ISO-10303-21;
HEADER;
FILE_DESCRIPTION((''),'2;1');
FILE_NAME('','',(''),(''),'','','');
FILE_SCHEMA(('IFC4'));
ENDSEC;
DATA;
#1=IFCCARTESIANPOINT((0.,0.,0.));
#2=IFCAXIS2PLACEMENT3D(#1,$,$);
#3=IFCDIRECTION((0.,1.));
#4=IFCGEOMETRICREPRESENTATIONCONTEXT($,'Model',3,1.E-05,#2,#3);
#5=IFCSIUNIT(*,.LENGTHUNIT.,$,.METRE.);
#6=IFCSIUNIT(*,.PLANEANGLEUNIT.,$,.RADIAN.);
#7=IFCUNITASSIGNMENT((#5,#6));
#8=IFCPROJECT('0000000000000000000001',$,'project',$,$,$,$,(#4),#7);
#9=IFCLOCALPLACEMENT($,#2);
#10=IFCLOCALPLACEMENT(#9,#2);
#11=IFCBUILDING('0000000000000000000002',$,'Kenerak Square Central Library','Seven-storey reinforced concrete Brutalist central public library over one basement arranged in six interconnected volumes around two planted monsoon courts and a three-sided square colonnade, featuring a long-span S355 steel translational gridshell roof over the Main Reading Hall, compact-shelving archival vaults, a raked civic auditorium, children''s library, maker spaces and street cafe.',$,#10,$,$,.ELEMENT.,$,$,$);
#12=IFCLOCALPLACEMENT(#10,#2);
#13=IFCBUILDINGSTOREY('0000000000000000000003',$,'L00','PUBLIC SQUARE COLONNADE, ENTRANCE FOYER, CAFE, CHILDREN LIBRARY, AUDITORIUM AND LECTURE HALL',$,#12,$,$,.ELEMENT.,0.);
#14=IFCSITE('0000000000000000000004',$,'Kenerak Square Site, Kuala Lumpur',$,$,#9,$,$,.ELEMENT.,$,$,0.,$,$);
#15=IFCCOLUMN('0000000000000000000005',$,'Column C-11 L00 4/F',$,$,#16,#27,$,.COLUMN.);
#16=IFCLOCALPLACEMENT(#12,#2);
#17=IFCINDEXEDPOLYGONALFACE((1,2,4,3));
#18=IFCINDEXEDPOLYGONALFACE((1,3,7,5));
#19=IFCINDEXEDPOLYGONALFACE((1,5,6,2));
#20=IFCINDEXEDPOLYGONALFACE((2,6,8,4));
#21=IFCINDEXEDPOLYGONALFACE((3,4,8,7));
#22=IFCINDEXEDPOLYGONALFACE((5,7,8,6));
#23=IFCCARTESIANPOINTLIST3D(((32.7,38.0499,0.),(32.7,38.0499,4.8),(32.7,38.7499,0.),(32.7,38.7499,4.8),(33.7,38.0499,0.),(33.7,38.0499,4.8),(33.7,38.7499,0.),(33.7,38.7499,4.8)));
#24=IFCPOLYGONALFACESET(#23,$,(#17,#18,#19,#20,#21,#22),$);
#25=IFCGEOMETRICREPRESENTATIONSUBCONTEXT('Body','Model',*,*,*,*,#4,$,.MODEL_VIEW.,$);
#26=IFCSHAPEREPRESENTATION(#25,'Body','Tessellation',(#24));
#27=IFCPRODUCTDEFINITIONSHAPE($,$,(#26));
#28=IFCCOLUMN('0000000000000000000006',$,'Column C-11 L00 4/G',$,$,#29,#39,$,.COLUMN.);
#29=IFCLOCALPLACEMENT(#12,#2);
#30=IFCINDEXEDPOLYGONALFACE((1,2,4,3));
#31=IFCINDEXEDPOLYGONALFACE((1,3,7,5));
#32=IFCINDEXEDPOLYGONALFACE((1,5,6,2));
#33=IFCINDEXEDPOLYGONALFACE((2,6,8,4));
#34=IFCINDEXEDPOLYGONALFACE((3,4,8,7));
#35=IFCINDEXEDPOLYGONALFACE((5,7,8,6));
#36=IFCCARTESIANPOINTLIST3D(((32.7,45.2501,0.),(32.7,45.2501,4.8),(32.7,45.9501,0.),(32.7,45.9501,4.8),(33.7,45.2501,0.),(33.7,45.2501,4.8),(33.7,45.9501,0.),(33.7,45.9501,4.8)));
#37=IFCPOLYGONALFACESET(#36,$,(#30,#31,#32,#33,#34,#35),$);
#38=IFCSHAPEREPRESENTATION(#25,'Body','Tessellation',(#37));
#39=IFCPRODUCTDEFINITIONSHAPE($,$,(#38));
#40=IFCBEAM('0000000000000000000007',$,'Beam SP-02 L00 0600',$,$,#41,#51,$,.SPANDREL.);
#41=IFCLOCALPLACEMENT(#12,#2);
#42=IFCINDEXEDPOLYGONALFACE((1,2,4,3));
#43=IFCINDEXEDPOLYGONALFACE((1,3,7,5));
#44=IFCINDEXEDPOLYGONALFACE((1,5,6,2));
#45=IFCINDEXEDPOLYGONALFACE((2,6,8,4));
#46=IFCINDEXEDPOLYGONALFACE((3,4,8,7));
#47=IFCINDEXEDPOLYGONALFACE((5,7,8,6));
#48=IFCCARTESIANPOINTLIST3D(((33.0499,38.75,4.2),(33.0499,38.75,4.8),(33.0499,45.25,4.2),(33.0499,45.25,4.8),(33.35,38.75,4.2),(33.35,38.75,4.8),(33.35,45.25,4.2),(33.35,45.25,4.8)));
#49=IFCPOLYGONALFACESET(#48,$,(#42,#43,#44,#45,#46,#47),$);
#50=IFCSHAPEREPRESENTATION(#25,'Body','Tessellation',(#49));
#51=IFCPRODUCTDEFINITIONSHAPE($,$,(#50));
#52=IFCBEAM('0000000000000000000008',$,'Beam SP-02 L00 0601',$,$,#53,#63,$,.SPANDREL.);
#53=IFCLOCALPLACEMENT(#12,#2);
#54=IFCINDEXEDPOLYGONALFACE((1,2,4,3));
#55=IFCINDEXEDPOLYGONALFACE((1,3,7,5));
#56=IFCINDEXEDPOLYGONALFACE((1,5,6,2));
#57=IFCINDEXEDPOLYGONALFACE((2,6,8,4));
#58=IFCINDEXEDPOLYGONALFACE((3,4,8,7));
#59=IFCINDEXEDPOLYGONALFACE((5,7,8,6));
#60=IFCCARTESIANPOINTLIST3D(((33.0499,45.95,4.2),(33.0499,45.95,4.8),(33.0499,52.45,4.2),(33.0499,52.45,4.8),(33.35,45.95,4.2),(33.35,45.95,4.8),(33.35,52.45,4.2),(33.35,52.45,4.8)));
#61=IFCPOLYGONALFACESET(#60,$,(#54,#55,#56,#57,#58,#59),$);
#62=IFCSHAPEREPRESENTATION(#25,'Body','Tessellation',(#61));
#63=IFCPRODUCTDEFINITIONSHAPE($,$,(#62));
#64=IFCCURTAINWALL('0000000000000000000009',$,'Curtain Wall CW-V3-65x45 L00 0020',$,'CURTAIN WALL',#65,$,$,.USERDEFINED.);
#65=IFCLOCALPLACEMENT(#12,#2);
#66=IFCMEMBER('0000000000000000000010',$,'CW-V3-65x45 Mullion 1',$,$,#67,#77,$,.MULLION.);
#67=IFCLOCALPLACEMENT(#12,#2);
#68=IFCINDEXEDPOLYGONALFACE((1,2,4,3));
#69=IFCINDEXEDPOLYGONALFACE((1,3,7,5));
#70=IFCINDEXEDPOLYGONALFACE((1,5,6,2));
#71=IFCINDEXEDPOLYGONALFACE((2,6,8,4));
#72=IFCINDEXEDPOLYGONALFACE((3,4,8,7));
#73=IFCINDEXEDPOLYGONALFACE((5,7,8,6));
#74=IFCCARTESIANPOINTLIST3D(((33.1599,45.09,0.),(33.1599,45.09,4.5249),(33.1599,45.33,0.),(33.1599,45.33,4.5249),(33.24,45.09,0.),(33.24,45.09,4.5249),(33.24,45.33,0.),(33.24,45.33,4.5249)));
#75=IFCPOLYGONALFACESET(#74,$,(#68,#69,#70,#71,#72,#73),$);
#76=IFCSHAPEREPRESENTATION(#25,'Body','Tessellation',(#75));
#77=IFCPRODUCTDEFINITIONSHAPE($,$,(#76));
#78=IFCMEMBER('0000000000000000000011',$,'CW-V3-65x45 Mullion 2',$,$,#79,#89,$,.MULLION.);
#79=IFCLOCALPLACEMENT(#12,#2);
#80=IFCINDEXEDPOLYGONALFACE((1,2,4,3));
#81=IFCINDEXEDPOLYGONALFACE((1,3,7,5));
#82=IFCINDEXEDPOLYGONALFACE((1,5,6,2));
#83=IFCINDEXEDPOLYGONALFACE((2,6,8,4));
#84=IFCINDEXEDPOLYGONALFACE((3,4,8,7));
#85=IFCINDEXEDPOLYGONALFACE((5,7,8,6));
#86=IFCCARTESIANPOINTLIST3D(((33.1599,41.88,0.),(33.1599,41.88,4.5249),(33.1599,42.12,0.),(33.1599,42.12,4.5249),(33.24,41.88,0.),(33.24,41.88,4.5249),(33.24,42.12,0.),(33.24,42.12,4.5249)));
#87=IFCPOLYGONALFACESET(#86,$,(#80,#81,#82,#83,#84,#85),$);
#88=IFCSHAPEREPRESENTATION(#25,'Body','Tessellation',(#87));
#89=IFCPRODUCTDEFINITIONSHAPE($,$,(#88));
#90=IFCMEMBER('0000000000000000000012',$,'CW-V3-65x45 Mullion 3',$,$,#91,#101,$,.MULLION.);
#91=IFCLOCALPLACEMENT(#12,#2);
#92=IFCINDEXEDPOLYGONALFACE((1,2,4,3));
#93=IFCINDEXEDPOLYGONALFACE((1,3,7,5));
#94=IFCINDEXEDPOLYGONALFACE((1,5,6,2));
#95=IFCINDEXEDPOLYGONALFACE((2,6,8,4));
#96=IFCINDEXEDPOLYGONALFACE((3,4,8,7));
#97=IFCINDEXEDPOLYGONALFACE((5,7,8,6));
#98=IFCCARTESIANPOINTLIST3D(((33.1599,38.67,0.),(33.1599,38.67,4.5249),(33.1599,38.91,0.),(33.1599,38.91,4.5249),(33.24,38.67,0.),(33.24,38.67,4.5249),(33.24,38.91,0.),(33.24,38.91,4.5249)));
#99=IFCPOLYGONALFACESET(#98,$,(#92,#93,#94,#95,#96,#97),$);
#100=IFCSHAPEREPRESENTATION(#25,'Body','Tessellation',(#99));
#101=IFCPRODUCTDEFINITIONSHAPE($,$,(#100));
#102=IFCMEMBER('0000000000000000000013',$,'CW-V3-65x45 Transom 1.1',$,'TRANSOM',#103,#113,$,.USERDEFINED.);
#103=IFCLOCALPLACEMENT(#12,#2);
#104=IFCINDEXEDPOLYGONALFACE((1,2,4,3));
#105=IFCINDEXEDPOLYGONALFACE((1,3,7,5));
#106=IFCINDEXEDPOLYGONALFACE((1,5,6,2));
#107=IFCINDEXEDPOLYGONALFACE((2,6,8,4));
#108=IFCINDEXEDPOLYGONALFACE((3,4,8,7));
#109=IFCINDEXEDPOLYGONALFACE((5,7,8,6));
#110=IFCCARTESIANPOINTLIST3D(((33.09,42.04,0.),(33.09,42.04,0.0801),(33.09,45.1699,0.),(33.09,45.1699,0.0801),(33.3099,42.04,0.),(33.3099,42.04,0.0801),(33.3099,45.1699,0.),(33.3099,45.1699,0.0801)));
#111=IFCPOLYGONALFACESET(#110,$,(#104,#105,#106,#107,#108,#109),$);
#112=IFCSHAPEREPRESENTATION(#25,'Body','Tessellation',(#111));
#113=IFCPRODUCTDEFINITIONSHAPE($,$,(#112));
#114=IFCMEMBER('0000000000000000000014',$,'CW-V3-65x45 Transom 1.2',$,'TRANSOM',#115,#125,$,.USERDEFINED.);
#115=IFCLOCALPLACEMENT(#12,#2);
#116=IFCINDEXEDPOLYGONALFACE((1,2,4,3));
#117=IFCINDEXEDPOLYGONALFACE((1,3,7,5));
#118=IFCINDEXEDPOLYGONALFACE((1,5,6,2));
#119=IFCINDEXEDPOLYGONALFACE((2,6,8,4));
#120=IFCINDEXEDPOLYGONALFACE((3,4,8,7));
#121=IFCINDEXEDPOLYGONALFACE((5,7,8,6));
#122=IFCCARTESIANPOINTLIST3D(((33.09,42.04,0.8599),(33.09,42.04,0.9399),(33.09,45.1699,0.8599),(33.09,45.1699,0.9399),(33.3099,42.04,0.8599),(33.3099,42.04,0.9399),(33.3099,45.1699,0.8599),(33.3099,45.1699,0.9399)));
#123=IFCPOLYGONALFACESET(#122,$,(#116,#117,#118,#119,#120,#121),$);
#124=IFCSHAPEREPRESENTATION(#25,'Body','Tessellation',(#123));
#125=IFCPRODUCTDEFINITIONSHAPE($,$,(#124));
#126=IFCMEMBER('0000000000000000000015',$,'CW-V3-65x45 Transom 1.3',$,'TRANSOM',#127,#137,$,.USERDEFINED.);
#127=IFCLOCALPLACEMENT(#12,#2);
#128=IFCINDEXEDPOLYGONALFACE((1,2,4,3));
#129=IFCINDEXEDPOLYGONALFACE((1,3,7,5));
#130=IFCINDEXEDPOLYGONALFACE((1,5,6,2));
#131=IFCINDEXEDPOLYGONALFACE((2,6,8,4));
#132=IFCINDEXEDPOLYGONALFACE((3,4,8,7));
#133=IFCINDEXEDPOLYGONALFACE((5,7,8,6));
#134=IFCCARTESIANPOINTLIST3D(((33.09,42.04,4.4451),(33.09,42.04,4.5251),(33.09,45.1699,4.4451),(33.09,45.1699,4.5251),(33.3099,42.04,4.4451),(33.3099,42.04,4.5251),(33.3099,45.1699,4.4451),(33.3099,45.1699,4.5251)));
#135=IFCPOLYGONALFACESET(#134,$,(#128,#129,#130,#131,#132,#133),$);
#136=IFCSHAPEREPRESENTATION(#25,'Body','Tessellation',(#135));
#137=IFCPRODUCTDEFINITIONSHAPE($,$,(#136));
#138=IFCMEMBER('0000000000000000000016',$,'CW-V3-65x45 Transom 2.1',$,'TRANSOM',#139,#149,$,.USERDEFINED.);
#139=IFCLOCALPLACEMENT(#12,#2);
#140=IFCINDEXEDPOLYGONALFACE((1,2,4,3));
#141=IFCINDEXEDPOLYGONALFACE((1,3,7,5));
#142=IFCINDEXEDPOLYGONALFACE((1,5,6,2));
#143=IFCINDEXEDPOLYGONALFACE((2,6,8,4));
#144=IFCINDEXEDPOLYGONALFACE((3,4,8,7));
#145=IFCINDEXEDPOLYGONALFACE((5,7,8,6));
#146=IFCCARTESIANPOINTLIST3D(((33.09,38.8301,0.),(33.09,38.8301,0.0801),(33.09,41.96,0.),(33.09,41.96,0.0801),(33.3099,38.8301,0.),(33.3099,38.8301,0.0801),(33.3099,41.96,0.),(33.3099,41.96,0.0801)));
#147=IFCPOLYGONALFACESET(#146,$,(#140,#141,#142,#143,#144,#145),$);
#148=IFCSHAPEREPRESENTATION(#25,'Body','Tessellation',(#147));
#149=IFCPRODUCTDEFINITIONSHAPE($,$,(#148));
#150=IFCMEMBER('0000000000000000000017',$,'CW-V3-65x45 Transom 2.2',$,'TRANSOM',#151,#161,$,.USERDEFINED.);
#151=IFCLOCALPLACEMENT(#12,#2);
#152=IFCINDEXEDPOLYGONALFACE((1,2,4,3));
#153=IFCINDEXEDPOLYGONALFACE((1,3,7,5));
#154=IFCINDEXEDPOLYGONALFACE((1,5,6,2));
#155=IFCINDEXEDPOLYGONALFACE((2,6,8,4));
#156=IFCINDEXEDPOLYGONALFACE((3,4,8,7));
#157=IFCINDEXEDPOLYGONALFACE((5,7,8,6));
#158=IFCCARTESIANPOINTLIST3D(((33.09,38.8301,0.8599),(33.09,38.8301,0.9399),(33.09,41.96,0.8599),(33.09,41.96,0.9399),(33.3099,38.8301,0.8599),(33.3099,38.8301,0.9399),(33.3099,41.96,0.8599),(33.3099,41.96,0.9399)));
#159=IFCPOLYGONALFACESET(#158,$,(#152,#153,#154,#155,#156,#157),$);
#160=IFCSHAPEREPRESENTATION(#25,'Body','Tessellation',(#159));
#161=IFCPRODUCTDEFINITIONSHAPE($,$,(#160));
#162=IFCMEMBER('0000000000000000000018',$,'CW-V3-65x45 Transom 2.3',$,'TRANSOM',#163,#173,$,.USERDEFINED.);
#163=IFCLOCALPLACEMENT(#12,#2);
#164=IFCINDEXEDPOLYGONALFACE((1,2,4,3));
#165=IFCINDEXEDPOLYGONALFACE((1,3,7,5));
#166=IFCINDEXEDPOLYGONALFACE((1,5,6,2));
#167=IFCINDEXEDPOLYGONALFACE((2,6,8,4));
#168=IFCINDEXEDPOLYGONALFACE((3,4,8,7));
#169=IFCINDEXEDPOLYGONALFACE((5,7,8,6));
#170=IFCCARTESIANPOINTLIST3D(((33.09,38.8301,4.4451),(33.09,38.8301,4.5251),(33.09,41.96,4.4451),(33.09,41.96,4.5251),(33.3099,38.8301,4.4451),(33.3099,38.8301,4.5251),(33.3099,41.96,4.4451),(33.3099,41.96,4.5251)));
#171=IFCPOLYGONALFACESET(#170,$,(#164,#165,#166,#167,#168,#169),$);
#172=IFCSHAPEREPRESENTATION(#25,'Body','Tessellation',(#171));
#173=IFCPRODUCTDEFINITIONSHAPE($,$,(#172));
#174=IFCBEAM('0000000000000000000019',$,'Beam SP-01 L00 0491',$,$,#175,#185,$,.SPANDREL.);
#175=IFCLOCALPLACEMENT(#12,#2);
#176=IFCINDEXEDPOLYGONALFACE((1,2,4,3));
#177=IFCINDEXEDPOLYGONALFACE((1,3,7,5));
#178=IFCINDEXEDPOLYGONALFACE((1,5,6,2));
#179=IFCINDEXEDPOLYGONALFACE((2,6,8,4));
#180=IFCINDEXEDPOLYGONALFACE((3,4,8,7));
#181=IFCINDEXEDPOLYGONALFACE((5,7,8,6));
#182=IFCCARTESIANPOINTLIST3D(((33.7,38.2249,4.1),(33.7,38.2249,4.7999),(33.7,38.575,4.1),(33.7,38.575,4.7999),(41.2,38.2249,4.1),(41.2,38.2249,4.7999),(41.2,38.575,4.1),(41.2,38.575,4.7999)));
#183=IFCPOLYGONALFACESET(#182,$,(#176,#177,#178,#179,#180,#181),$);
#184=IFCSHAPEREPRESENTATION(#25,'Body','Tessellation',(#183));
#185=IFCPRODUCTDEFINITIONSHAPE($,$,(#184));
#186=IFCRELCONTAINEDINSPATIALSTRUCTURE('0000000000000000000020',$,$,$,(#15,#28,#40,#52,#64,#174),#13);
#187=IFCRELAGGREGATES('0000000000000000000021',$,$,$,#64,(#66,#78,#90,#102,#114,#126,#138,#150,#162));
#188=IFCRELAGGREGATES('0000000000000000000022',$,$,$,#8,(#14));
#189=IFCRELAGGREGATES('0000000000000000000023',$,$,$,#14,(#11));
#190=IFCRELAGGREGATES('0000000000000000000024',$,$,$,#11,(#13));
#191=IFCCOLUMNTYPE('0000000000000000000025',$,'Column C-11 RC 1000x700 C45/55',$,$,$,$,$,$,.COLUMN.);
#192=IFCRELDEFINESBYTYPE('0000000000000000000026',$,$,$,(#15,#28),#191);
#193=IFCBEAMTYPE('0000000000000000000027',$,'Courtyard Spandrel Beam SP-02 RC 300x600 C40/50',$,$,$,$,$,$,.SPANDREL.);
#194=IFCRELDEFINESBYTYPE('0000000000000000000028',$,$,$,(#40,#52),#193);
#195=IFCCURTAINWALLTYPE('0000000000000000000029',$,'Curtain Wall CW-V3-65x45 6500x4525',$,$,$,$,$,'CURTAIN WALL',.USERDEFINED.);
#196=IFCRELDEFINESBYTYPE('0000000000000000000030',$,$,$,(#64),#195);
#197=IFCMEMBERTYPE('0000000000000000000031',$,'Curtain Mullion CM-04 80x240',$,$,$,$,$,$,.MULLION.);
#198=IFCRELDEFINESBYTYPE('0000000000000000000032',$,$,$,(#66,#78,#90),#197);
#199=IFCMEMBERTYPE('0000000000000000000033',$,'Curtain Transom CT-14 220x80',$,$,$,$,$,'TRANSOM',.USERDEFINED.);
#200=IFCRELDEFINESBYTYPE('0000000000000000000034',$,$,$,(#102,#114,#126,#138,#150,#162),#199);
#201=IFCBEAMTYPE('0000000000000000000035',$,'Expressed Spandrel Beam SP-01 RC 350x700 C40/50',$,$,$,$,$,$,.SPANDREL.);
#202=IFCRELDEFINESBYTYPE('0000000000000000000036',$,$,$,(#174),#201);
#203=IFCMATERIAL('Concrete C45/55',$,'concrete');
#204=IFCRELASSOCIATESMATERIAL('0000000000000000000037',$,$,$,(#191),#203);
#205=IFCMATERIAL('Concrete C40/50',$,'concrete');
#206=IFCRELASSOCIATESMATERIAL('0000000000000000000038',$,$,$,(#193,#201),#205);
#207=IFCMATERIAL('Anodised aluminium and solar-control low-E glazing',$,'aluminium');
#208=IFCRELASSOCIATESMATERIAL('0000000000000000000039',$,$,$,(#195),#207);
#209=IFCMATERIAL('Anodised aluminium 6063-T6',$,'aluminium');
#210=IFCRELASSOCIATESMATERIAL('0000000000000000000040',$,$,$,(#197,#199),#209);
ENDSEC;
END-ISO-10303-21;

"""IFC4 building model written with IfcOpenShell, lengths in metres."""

from ifc_helpers import new_model, si_unit, direction, frame, origin, origin_2d, place, context, subcontext, project, spatial, rectangle, extrude, material, material_profile, profile_set, type_object, element, aggregate, save


model = new_model("IFC4")

# Units and contexts
model_context = context("Model", 3, precision=1e-05, world=origin(), true_north=direction((0.0, 1.0)))
body_context = subcontext(model_context, "Body", "Model", "MODEL_VIEW")
ifc_project = project(units=[si_unit("LENGTHUNIT", "METRE"), si_unit("PLANEANGLEUNIT", "RADIAN")], contexts=[model_context])

# Site, building, storey
site_placement = place(None, origin())
site = spatial("IfcSite", under=ifc_project, at=site_placement, Name="Kenerak Square Site, Kuala Lumpur", CompositionType="ELEMENT", RefElevation=0.0)
building_placement = place(site_placement, origin())
building = spatial("IfcBuilding", under=site, at=building_placement, Name="Kenerak Square Central Library", Description="Seven-storey reinforced concrete Brutalist central public library over one basement arranged in six interconnected volumes around two planted monsoon courts and a three-sided square colonnade, featuring a long-span S355 steel translational gridshell roof over the Main Reading Hall, compact-shelving archival vaults, a raked civic auditorium, children's library, maker spaces and street cafe.", CompositionType="ELEMENT")
storey_placement = place(building_placement, origin())
storey = spatial("IfcBuildingStorey", under=building, at=storey_placement, Name="L00", Description="PUBLIC SQUARE COLONNADE, ENTRANCE FOYER, CAFE, CHILDREN LIBRARY, AUDITORIUM AND LECTURE HALL", CompositionType="ELEMENT", Elevation=0.0)

# Columns
ifc_material_1 = material(Name="Concrete C45/55", Category="concrete")
ifc_material_profile_1 = material_profile(ifc_material_1, rectangle(XDim=1.0, YDim=0.7, at=origin_2d()), Name="RC 1000x700")
ifc_profile_set_1 = profile_set([ifc_material_profile_1], Name="Concrete C45/55")
column_type = type_object("IfcColumnType", Name="Column C-11 RC 1000x700 C45/55", PredefinedType="COLUMN", material=ifc_profile_set_1)
for number, where, z_axis, x_axis, name in (
    (1, (33.2, 38.3999, 0.0), (0.0, 0.0, 1.0), (1.0, 0.0, 0.0), "Column C-11 L00 4/F"),
    (2, (33.2, 45.6001, 0.0), (0.0, 0.0, 1.0), (1.0, 0.0, 0.0), "Column C-11 L00 4/G"),
):
    element("IfcColumn", number, at=place(storey_placement, frame(where, z_axis=z_axis, x_axis=x_axis)), inside=storey, type_object=column_type, Name=name, PredefinedType="COLUMN", context=body_context, shape_type="SweptSolid", body=[
        extrude(rectangle(XDim=1.0, YDim=0.7, at=origin_2d()), origin(), (0.0, 0.0, 1.0), 4.8),
    ])

# Beams
ifc_material_2 = material(Name="Concrete C40/50", Category="concrete")
ifc_material_profile_2 = material_profile(ifc_material_2, rectangle(XDim=0.3, YDim=0.6001, at=origin_2d()), Name="RC 300x600")
ifc_profile_set_2 = profile_set([ifc_material_profile_2], Name="Concrete C40/50")
beam_type_1 = type_object("IfcBeamType", Name="Courtyard Spandrel Beam SP-02 RC 300x600 C40/50", PredefinedType="SPANDREL", material=ifc_profile_set_2)
for number, where, z_axis, x_axis, name in (
    (3, (33.2, 38.75, 4.5), (0.0, 1.0, 0.0), (-1.0, 0.0, 0.0), "Beam SP-02 L00 0600"),
    (4, (33.2, 45.95, 4.5), (0.0, 1.0, 0.0), (-1.0, 0.0, 0.0), "Beam SP-02 L00 0601"),
):
    element("IfcBeam", number, at=place(storey_placement, frame(where, z_axis=z_axis, x_axis=x_axis)), inside=storey, type_object=beam_type_1, Name=name, PredefinedType="SPANDREL", context=body_context, shape_type="SweptSolid", body=[
        extrude(rectangle(XDim=0.3, YDim=0.6001, at=origin_2d()), origin(), (0.0, 0.0, 1.0), 6.5),
    ])

# Curtain wall, members
ifc_material_3 = material(Name="Anodised aluminium and solar-control low-E glazing", Category="aluminium")
curtain_wall_type = type_object("IfcCurtainWallType", Name="Curtain Wall CW-V3-65x45 6500x4525", ElementType="CURTAIN WALL", PredefinedType="USERDEFINED", material=ifc_material_3)
curtain_wall_placement = place(storey_placement, origin())
curtain_wall = element("IfcCurtainWall", 5, at=curtain_wall_placement, inside=storey, type_object=curtain_wall_type, Name="Curtain Wall CW-V3-65x45 L00 0020", ObjectType="CURTAIN WALL", PredefinedType="USERDEFINED")
ifc_material_4 = material(Name="Anodised aluminium 6063-T6", Category="aluminium")
ifc_material_profile_3 = material_profile(ifc_material_4, rectangle(XDim=0.0801, YDim=0.24, at=origin_2d()), Name="AL MULLION 80x240")
ifc_profile_set_3 = profile_set([ifc_material_profile_3], Name="Anodised aluminium 6063-T6")
member_type_1 = type_object("IfcMemberType", Name="Curtain Mullion CM-04 80x240", PredefinedType="MULLION", material=ifc_profile_set_3)
member_1_placement = place(storey_placement, frame((33.2, 45.21, 0.0), z_axis=(0.0, 0.0, 1.0), x_axis=(1.0, 0.0, 0.0)))
member_1 = element("IfcMember", 6, at=member_1_placement, type_object=member_type_1, Name="CW-V3-65x45 Mullion 1", PredefinedType="MULLION", context=body_context, shape_type="SweptSolid", body=[
    extrude(rectangle(XDim=0.0801, YDim=0.24, at=origin_2d()), origin(), (0.0, 0.0, 1.0), 4.5249),
])
member_2_placement = place(storey_placement, frame((33.2, 42.0, 0.0), z_axis=(0.0, 0.0, 1.0), x_axis=(1.0, 0.0, 0.0)))
member_2 = element("IfcMember", 7, at=member_2_placement, type_object=member_type_1, Name="CW-V3-65x45 Mullion 2", PredefinedType="MULLION", context=body_context, shape_type="SweptSolid", body=[
    extrude(rectangle(XDim=0.0801, YDim=0.24, at=origin_2d()), origin(), (0.0, 0.0, 1.0), 4.5249),
])
member_3_placement = place(storey_placement, frame((33.2, 38.79, 0.0), z_axis=(0.0, 0.0, 1.0), x_axis=(1.0, 0.0, 0.0)))
member_3 = element("IfcMember", 8, at=member_3_placement, type_object=member_type_1, Name="CW-V3-65x45 Mullion 3", PredefinedType="MULLION", context=body_context, shape_type="SweptSolid", body=[
    extrude(rectangle(XDim=0.0801, YDim=0.24, at=origin_2d()), origin(), (0.0, 0.0, 1.0), 4.5249),
])
ifc_material_profile_4 = material_profile(ifc_material_4, rectangle(XDim=0.22, YDim=0.0801, at=origin_2d()), Name="AL TRANSOM 220x80")
ifc_profile_set_4 = profile_set([ifc_material_profile_4], Name="Anodised aluminium 6063-T6")
member_type_2 = type_object("IfcMemberType", Name="Curtain Transom CT-14 220x80", ElementType="TRANSOM", PredefinedType="USERDEFINED", material=ifc_profile_set_4)
member_4_placement = place(storey_placement, frame((33.2, 45.1699, 0.04), z_axis=(0.0, -1.0, 0.0), x_axis=(1.0, 0.0, 0.0)))
member_4 = element("IfcMember", 9, at=member_4_placement, type_object=member_type_2, Name="CW-V3-65x45 Transom 1.1", ObjectType="TRANSOM", PredefinedType="USERDEFINED", context=body_context, shape_type="SweptSolid", body=[
    extrude(rectangle(XDim=0.22, YDim=0.0801, at=origin_2d()), origin(), (0.0, 0.0, 1.0), 3.1299),
])
member_5_placement = place(storey_placement, frame((33.2, 45.1699, 0.8999), z_axis=(0.0, -1.0, 0.0), x_axis=(1.0, 0.0, 0.0)))
member_5 = element("IfcMember", 10, at=member_5_placement, type_object=member_type_2, Name="CW-V3-65x45 Transom 1.2", ObjectType="TRANSOM", PredefinedType="USERDEFINED", context=body_context, shape_type="SweptSolid", body=[
    extrude(rectangle(XDim=0.22, YDim=0.0801, at=origin_2d()), origin(), (0.0, 0.0, 1.0), 3.1299),
])
member_6_placement = place(storey_placement, frame((33.2, 45.1699, 4.4851), z_axis=(0.0, -1.0, 0.0), x_axis=(1.0, 0.0, 0.0)))
member_6 = element("IfcMember", 11, at=member_6_placement, type_object=member_type_2, Name="CW-V3-65x45 Transom 1.3", ObjectType="TRANSOM", PredefinedType="USERDEFINED", context=body_context, shape_type="SweptSolid", body=[
    extrude(rectangle(XDim=0.22, YDim=0.0801, at=origin_2d()), origin(), (0.0, 0.0, 1.0), 3.1299),
])
member_7_placement = place(storey_placement, frame((33.2, 41.96, 0.04), z_axis=(0.0, -1.0, 0.0), x_axis=(1.0, 0.0, 0.0)))
member_7 = element("IfcMember", 12, at=member_7_placement, type_object=member_type_2, Name="CW-V3-65x45 Transom 2.1", ObjectType="TRANSOM", PredefinedType="USERDEFINED", context=body_context, shape_type="SweptSolid", body=[
    extrude(rectangle(XDim=0.22, YDim=0.0801, at=origin_2d()), origin(), (0.0, 0.0, 1.0), 3.1299),
])
member_8_placement = place(storey_placement, frame((33.2, 41.96, 0.8999), z_axis=(0.0, -1.0, 0.0), x_axis=(1.0, 0.0, 0.0)))
member_8 = element("IfcMember", 13, at=member_8_placement, type_object=member_type_2, Name="CW-V3-65x45 Transom 2.2", ObjectType="TRANSOM", PredefinedType="USERDEFINED", context=body_context, shape_type="SweptSolid", body=[
    extrude(rectangle(XDim=0.22, YDim=0.0801, at=origin_2d()), origin(), (0.0, 0.0, 1.0), 3.1299),
])
member_9_placement = place(storey_placement, frame((33.2, 41.96, 4.4851), z_axis=(0.0, -1.0, 0.0), x_axis=(1.0, 0.0, 0.0)))
member_9 = element("IfcMember", 14, at=member_9_placement, type_object=member_type_2, Name="CW-V3-65x45 Transom 2.3", ObjectType="TRANSOM", PredefinedType="USERDEFINED", context=body_context, shape_type="SweptSolid", body=[
    extrude(rectangle(XDim=0.22, YDim=0.0801, at=origin_2d()), origin(), (0.0, 0.0, 1.0), 3.1299),
])

# Beam
ifc_material_profile_5 = material_profile(ifc_material_2, rectangle(XDim=0.3501, YDim=0.7, at=origin_2d()), Name="RC 350x700")
ifc_profile_set_5 = profile_set([ifc_material_profile_5], Name="Concrete C40/50")
beam_type_2 = type_object("IfcBeamType", Name="Expressed Spandrel Beam SP-01 RC 350x700 C40/50", PredefinedType="SPANDREL", material=ifc_profile_set_5)
beam_placement = place(storey_placement, frame((33.7, 38.3999, 4.45), z_axis=(1.0, 0.0, 0.0), x_axis=(0.0, 1.0, 0.0)))
element("IfcBeam", 15, at=beam_placement, inside=storey, type_object=beam_type_2, Name="Beam SP-01 L00 0491", PredefinedType="SPANDREL", context=body_context, shape_type="SweptSolid", body=[
    extrude(rectangle(XDim=0.3501, YDim=0.7, at=origin_2d()), origin(), (0.0, 0.0, 1.0), 7.5),
])

aggregate(curtain_wall, [member_1, member_2, member_3, member_4, member_5, member_6, member_7, member_8, member_9])

save(model, "model.ifc")
